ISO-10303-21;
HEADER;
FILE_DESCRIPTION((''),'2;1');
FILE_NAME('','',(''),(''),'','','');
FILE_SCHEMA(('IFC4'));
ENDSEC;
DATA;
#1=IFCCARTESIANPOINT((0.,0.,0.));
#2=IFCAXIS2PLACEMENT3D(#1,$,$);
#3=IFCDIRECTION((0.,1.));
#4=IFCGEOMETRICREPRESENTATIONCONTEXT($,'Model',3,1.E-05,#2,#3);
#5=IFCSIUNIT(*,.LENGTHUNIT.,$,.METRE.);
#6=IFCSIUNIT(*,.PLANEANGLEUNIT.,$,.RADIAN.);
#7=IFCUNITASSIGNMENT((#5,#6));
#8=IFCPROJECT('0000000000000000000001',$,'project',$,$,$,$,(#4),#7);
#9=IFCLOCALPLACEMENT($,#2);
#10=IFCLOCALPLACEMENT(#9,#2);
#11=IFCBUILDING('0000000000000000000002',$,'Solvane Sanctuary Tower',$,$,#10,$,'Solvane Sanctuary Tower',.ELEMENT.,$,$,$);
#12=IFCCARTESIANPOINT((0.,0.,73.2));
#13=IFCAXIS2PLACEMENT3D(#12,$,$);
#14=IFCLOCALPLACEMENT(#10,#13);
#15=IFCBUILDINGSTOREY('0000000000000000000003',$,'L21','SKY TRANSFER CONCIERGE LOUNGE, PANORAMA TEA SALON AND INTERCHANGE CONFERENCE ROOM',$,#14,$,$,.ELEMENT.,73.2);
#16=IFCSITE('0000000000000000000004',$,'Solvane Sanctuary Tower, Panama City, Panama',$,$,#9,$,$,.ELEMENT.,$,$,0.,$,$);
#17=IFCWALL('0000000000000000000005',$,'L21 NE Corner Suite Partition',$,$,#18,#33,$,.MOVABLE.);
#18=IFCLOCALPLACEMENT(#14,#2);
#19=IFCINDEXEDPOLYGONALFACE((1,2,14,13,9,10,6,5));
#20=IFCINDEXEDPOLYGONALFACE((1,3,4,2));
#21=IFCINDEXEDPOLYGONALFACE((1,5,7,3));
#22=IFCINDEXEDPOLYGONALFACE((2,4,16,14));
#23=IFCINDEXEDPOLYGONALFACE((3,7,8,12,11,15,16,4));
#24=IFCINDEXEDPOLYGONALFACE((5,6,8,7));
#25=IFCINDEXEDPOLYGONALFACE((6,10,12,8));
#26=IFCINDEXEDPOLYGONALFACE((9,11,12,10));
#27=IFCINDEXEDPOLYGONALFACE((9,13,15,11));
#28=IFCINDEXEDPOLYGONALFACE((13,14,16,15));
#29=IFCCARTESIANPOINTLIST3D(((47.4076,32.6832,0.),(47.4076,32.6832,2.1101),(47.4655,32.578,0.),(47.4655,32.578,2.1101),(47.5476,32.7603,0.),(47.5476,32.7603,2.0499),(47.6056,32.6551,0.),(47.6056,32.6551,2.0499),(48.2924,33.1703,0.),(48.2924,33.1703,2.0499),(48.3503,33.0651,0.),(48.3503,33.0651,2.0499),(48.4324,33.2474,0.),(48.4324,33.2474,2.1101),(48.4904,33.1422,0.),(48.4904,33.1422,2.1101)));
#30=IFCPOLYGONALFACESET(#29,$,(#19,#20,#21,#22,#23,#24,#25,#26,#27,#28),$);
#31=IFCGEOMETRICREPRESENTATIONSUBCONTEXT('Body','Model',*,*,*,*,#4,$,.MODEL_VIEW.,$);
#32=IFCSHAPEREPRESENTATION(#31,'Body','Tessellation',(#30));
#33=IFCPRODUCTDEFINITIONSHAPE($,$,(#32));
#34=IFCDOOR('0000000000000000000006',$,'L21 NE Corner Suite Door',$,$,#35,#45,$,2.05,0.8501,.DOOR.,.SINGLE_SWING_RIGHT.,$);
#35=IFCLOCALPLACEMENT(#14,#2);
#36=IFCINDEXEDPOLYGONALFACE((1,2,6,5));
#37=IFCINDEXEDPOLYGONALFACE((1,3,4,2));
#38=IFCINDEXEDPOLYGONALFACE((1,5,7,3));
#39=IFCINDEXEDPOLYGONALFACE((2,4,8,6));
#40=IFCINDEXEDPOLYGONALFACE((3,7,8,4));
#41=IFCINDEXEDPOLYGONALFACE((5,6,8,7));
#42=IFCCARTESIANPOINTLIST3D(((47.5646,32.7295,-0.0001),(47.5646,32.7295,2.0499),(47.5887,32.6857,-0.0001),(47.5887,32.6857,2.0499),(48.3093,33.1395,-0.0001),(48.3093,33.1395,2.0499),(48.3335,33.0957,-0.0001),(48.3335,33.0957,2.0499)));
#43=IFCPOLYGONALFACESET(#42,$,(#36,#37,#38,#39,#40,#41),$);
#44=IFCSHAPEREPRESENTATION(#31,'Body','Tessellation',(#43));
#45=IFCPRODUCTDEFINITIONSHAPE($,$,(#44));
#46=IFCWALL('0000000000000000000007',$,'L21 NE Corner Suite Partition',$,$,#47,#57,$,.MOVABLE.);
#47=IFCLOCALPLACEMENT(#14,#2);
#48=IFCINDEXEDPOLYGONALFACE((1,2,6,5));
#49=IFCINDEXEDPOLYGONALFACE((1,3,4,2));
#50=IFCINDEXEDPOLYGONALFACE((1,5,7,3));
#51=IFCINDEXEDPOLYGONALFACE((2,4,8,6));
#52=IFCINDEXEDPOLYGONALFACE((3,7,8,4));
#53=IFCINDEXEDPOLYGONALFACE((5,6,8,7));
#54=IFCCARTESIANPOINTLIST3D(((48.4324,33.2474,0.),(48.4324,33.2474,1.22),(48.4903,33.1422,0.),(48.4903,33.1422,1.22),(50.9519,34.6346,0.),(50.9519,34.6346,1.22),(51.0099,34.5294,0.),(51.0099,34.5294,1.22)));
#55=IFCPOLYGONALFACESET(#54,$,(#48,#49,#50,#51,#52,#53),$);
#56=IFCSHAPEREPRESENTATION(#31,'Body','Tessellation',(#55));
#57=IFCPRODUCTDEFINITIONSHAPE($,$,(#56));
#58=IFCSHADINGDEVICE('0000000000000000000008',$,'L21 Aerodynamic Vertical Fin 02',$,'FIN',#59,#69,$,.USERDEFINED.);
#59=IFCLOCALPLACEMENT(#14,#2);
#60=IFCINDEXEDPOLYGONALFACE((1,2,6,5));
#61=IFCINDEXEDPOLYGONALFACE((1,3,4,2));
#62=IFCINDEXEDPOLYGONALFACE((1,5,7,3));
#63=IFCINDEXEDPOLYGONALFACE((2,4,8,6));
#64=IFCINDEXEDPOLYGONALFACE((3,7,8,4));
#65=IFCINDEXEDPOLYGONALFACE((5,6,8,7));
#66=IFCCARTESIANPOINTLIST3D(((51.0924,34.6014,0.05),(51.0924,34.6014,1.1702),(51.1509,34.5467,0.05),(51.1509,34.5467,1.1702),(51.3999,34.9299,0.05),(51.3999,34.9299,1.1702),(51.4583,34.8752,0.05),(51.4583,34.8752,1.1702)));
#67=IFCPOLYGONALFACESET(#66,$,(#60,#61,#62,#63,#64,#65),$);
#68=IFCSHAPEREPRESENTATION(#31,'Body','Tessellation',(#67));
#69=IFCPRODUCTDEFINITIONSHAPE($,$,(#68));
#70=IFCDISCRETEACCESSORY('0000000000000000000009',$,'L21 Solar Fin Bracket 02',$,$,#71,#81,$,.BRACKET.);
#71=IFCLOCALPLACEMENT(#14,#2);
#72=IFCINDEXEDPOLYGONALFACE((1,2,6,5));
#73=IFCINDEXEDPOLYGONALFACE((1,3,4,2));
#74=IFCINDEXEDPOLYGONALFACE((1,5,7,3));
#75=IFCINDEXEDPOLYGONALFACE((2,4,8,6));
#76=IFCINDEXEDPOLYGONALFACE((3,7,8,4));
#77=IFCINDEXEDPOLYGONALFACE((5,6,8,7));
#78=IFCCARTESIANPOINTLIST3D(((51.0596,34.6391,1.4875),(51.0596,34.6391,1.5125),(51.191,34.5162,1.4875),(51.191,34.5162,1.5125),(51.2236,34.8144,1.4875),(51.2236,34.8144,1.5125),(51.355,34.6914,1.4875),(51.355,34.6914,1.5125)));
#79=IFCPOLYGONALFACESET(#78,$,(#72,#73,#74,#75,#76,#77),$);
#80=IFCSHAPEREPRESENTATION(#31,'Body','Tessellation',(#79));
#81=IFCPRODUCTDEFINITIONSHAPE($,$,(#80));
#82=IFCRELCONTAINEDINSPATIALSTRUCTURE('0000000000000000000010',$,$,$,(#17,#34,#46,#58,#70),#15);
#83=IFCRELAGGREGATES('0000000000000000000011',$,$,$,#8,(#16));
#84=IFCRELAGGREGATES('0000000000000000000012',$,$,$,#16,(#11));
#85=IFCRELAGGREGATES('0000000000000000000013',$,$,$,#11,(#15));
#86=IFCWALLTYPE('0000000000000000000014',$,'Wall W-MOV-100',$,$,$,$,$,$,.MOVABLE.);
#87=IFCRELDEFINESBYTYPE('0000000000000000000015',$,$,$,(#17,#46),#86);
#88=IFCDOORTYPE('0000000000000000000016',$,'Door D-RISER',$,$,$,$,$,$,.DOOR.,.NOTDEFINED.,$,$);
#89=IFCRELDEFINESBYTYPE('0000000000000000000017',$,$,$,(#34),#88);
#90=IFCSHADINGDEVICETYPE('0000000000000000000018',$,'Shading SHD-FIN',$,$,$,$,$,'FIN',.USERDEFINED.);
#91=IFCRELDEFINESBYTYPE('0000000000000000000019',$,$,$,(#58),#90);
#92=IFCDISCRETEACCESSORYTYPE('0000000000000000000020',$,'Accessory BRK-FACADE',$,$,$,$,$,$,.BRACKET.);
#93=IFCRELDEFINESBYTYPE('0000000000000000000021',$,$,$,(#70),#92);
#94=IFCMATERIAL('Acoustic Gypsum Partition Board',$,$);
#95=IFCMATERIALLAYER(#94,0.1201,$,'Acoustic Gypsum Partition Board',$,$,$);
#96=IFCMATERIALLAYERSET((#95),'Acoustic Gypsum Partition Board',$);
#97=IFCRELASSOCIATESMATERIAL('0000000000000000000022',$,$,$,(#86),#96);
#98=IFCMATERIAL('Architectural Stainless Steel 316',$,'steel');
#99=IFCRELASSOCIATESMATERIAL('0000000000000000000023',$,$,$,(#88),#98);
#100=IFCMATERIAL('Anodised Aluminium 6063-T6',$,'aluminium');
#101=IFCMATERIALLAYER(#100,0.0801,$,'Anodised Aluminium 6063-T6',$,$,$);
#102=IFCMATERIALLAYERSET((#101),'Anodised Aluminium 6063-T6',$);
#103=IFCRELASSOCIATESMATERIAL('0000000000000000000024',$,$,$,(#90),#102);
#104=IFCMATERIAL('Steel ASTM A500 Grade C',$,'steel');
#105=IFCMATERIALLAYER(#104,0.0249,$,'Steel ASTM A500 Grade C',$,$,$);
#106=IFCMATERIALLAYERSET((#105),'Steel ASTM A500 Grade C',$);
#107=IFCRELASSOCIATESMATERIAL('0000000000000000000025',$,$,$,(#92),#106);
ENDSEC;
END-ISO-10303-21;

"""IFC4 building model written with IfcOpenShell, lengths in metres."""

from ifc_helpers import new_model, si_unit, direction, frame, frame_2d, origin, origin_2d, place, context, subcontext, project, spatial, rectangle, extrude, material, layer, layer_set, type_object, element, fill, save


model = new_model("IFC4")

# Units and contexts
model_context = context("Model", 3, precision=1e-05, world=origin(), true_north=direction((0.0, 1.0)))
body_context = subcontext(model_context, "Body", "Model", "MODEL_VIEW")
ifc_project = project(units=[si_unit("LENGTHUNIT", "METRE"), si_unit("PLANEANGLEUNIT", "RADIAN")], contexts=[model_context])

# Site, building, storey
site_placement = place(None, origin())
site = spatial("IfcSite", under=ifc_project, at=site_placement, Name="Solvane Sanctuary Tower, Panama City, Panama", CompositionType="ELEMENT", RefElevation=0.0)
building_placement = place(site_placement, origin())
building = spatial("IfcBuilding", under=site, at=building_placement, Name="Solvane Sanctuary Tower", LongName="Solvane Sanctuary Tower", CompositionType="ELEMENT")
storey_placement = place(building_placement, frame((0.0, 0.0, 73.2)))
storey = spatial("IfcBuildingStorey", under=building, at=storey_placement, Name="L21", Description="SKY TRANSFER CONCIERGE LOUNGE, PANORAMA TEA SALON AND INTERCHANGE CONFERENCE ROOM", CompositionType="ELEMENT", Elevation=73.2)

# Shared definitions
ifc_material_1 = material(Name="Anodised Aluminium 6063-T6", Category="aluminium")

# Shared definitions
ifc_material_2 = material(Name="Acoustic Gypsum Partition Board")

# Wall, opening, door
ifc_layer_1 = layer(ifc_material_2, 0.1201, Name="Acoustic Gypsum Partition Board")
ifc_layer_set_1 = layer_set([ifc_layer_1], Name="Acoustic Gypsum Partition Board")
wall_type_1 = type_object("IfcWallType", Name="Wall W-MOV-100", PredefinedType="MOVABLE", material=ifc_layer_set_1)
wall_1_placement = place(storey_placement, frame((47.4365, 32.6306, 0.0), z_axis=(0.0, 0.0, 1.0), x_axis=(0.876031, 0.482255, 0.0)))
wall_1 = element("IfcWall", 1, at=wall_1_placement, inside=storey, type_object=wall_type_1, Name="L21 NE Corner Suite Partition", PredefinedType="MOVABLE", context=body_context, shape_type="SweptSolid", body=[
    extrude(rectangle(XDim=1.1699, YDim=0.1201, at=frame_2d((0.585, 0.0))), origin(), (0.0, 0.0, 1.0), 2.1101),
])
opening_1_placement = place(wall_1_placement, frame((0.1599, 0.0, 0.0)))
opening_1 = element("IfcOpeningElement", 2, at=opening_1_placement, cuts=wall_1, PredefinedType="OPENING", context=body_context, shape_type="SweptSolid", body=[
    extrude(rectangle(XDim=0.8501, YDim=2.05, at=frame_2d((0.425, 1.0249))), frame((0.0, 0.0701, 0.0), z_axis=(0.0, -1.0, 0.0), x_axis=(1.0, 0.0, 0.0)), (0.0, 0.0, 1.0), 0.1401),
])
ifc_material_3 = material(Name="Architectural Stainless Steel 316", Category="steel")
door_type_1 = type_object("IfcDoorType", Name="Door D-RISER", OperationType="NOTDEFINED", PredefinedType="DOOR", material=ifc_material_3)
door_1_placement = place(opening_1_placement, origin())
door_1 = element("IfcDoor", 3, at=door_1_placement, inside=storey, type_object=door_type_1, Name="L21 NE Corner Suite Door", OperationType="SINGLE_SWING_RIGHT", OverallHeight=2.05, OverallWidth=0.8501, PredefinedType="DOOR", context=body_context, shape_type="SweptSolid", body=[
    extrude(rectangle(XDim=0.8501, YDim=2.05, at=frame_2d((0.425, 1.0249))), frame((0.0, 0.0249, 0.0), z_axis=(0.0, -1.0, 0.0), x_axis=(1.0, 0.0, 0.0)), (0.0, 0.0, 1.0), 0.05),
])
fill(opening_1, door_1)

# Wall
wall_2_placement = place(storey_placement, frame((48.4614, 33.1948, 0.0), z_axis=(0.0, 0.0, 1.0), x_axis=(0.876001, 0.48231, 0.0)))
element("IfcWall", 4, at=wall_2_placement, inside=storey, type_object=wall_type_1, Name="L21 NE Corner Suite Partition", PredefinedType="MOVABLE", context=body_context, shape_type="SweptSolid", body=[
    extrude(rectangle(XDim=2.8762, YDim=0.1201, at=frame_2d((1.438, 0.0))), origin(), (0.0, 0.0, 1.0), 1.22),
])

# Shading device
ifc_layer_2 = layer(ifc_material_1, 0.0801, Name="Anodised Aluminium 6063-T6")
ifc_layer_set_2 = layer_set([ifc_layer_2], Name="Anodised Aluminium 6063-T6")
shading_device_type = type_object("IfcShadingDeviceType", Name="Shading SHD-FIN", ElementType="FIN", PredefinedType="USERDEFINED", material=ifc_layer_set_2)
shading_device_placement = place(storey_placement, frame((51.2754, 34.7383, 0.05), z_axis=(0.0, 0.0, 1.0), x_axis=(-0.730175, 0.68326, 0.0)))
element("IfcShadingDevice", 5, at=shading_device_placement, inside=storey, type_object=shading_device_type, Name="L21 Aerodynamic Vertical Fin 02", ObjectType="FIN", PredefinedType="USERDEFINED", context=body_context, shape_type="SweptSolid", body=[
    extrude(rectangle(XDim=0.0801, YDim=0.45, at=origin_2d()), origin(), (0.0, 0.0, 1.0), 1.1201),
])

# Discrete accessory
ifc_material_4 = material(Name="Steel ASTM A500 Grade C", Category="steel")
ifc_layer_3 = layer(ifc_material_4, 0.0249, Name="Steel ASTM A500 Grade C")
ifc_layer_set_3 = layer_set([ifc_layer_3], Name="Steel ASTM A500 Grade C")
discrete_accessory_type = type_object("IfcDiscreteAccessoryType", Name="Accessory BRK-FACADE", PredefinedType="BRACKET", material=ifc_layer_set_3)
discrete_accessory_placement = place(storey_placement, frame((51.2073, 34.6653, 1.4875), z_axis=(0.0, 0.0, 1.0), x_axis=(-0.730175, 0.68326, 0.0)))
element("IfcDiscreteAccessory", 6, at=discrete_accessory_placement, inside=storey, type_object=discrete_accessory_type, Name="L21 Solar Fin Bracket 02", PredefinedType="BRACKET", context=body_context, shape_type="SweptSolid", body=[
    extrude(rectangle(XDim=0.1799, YDim=0.24, at=origin_2d()), origin(), (0.0, 0.0, 1.0), 0.0249),
])

save(model, "model.ifc")
